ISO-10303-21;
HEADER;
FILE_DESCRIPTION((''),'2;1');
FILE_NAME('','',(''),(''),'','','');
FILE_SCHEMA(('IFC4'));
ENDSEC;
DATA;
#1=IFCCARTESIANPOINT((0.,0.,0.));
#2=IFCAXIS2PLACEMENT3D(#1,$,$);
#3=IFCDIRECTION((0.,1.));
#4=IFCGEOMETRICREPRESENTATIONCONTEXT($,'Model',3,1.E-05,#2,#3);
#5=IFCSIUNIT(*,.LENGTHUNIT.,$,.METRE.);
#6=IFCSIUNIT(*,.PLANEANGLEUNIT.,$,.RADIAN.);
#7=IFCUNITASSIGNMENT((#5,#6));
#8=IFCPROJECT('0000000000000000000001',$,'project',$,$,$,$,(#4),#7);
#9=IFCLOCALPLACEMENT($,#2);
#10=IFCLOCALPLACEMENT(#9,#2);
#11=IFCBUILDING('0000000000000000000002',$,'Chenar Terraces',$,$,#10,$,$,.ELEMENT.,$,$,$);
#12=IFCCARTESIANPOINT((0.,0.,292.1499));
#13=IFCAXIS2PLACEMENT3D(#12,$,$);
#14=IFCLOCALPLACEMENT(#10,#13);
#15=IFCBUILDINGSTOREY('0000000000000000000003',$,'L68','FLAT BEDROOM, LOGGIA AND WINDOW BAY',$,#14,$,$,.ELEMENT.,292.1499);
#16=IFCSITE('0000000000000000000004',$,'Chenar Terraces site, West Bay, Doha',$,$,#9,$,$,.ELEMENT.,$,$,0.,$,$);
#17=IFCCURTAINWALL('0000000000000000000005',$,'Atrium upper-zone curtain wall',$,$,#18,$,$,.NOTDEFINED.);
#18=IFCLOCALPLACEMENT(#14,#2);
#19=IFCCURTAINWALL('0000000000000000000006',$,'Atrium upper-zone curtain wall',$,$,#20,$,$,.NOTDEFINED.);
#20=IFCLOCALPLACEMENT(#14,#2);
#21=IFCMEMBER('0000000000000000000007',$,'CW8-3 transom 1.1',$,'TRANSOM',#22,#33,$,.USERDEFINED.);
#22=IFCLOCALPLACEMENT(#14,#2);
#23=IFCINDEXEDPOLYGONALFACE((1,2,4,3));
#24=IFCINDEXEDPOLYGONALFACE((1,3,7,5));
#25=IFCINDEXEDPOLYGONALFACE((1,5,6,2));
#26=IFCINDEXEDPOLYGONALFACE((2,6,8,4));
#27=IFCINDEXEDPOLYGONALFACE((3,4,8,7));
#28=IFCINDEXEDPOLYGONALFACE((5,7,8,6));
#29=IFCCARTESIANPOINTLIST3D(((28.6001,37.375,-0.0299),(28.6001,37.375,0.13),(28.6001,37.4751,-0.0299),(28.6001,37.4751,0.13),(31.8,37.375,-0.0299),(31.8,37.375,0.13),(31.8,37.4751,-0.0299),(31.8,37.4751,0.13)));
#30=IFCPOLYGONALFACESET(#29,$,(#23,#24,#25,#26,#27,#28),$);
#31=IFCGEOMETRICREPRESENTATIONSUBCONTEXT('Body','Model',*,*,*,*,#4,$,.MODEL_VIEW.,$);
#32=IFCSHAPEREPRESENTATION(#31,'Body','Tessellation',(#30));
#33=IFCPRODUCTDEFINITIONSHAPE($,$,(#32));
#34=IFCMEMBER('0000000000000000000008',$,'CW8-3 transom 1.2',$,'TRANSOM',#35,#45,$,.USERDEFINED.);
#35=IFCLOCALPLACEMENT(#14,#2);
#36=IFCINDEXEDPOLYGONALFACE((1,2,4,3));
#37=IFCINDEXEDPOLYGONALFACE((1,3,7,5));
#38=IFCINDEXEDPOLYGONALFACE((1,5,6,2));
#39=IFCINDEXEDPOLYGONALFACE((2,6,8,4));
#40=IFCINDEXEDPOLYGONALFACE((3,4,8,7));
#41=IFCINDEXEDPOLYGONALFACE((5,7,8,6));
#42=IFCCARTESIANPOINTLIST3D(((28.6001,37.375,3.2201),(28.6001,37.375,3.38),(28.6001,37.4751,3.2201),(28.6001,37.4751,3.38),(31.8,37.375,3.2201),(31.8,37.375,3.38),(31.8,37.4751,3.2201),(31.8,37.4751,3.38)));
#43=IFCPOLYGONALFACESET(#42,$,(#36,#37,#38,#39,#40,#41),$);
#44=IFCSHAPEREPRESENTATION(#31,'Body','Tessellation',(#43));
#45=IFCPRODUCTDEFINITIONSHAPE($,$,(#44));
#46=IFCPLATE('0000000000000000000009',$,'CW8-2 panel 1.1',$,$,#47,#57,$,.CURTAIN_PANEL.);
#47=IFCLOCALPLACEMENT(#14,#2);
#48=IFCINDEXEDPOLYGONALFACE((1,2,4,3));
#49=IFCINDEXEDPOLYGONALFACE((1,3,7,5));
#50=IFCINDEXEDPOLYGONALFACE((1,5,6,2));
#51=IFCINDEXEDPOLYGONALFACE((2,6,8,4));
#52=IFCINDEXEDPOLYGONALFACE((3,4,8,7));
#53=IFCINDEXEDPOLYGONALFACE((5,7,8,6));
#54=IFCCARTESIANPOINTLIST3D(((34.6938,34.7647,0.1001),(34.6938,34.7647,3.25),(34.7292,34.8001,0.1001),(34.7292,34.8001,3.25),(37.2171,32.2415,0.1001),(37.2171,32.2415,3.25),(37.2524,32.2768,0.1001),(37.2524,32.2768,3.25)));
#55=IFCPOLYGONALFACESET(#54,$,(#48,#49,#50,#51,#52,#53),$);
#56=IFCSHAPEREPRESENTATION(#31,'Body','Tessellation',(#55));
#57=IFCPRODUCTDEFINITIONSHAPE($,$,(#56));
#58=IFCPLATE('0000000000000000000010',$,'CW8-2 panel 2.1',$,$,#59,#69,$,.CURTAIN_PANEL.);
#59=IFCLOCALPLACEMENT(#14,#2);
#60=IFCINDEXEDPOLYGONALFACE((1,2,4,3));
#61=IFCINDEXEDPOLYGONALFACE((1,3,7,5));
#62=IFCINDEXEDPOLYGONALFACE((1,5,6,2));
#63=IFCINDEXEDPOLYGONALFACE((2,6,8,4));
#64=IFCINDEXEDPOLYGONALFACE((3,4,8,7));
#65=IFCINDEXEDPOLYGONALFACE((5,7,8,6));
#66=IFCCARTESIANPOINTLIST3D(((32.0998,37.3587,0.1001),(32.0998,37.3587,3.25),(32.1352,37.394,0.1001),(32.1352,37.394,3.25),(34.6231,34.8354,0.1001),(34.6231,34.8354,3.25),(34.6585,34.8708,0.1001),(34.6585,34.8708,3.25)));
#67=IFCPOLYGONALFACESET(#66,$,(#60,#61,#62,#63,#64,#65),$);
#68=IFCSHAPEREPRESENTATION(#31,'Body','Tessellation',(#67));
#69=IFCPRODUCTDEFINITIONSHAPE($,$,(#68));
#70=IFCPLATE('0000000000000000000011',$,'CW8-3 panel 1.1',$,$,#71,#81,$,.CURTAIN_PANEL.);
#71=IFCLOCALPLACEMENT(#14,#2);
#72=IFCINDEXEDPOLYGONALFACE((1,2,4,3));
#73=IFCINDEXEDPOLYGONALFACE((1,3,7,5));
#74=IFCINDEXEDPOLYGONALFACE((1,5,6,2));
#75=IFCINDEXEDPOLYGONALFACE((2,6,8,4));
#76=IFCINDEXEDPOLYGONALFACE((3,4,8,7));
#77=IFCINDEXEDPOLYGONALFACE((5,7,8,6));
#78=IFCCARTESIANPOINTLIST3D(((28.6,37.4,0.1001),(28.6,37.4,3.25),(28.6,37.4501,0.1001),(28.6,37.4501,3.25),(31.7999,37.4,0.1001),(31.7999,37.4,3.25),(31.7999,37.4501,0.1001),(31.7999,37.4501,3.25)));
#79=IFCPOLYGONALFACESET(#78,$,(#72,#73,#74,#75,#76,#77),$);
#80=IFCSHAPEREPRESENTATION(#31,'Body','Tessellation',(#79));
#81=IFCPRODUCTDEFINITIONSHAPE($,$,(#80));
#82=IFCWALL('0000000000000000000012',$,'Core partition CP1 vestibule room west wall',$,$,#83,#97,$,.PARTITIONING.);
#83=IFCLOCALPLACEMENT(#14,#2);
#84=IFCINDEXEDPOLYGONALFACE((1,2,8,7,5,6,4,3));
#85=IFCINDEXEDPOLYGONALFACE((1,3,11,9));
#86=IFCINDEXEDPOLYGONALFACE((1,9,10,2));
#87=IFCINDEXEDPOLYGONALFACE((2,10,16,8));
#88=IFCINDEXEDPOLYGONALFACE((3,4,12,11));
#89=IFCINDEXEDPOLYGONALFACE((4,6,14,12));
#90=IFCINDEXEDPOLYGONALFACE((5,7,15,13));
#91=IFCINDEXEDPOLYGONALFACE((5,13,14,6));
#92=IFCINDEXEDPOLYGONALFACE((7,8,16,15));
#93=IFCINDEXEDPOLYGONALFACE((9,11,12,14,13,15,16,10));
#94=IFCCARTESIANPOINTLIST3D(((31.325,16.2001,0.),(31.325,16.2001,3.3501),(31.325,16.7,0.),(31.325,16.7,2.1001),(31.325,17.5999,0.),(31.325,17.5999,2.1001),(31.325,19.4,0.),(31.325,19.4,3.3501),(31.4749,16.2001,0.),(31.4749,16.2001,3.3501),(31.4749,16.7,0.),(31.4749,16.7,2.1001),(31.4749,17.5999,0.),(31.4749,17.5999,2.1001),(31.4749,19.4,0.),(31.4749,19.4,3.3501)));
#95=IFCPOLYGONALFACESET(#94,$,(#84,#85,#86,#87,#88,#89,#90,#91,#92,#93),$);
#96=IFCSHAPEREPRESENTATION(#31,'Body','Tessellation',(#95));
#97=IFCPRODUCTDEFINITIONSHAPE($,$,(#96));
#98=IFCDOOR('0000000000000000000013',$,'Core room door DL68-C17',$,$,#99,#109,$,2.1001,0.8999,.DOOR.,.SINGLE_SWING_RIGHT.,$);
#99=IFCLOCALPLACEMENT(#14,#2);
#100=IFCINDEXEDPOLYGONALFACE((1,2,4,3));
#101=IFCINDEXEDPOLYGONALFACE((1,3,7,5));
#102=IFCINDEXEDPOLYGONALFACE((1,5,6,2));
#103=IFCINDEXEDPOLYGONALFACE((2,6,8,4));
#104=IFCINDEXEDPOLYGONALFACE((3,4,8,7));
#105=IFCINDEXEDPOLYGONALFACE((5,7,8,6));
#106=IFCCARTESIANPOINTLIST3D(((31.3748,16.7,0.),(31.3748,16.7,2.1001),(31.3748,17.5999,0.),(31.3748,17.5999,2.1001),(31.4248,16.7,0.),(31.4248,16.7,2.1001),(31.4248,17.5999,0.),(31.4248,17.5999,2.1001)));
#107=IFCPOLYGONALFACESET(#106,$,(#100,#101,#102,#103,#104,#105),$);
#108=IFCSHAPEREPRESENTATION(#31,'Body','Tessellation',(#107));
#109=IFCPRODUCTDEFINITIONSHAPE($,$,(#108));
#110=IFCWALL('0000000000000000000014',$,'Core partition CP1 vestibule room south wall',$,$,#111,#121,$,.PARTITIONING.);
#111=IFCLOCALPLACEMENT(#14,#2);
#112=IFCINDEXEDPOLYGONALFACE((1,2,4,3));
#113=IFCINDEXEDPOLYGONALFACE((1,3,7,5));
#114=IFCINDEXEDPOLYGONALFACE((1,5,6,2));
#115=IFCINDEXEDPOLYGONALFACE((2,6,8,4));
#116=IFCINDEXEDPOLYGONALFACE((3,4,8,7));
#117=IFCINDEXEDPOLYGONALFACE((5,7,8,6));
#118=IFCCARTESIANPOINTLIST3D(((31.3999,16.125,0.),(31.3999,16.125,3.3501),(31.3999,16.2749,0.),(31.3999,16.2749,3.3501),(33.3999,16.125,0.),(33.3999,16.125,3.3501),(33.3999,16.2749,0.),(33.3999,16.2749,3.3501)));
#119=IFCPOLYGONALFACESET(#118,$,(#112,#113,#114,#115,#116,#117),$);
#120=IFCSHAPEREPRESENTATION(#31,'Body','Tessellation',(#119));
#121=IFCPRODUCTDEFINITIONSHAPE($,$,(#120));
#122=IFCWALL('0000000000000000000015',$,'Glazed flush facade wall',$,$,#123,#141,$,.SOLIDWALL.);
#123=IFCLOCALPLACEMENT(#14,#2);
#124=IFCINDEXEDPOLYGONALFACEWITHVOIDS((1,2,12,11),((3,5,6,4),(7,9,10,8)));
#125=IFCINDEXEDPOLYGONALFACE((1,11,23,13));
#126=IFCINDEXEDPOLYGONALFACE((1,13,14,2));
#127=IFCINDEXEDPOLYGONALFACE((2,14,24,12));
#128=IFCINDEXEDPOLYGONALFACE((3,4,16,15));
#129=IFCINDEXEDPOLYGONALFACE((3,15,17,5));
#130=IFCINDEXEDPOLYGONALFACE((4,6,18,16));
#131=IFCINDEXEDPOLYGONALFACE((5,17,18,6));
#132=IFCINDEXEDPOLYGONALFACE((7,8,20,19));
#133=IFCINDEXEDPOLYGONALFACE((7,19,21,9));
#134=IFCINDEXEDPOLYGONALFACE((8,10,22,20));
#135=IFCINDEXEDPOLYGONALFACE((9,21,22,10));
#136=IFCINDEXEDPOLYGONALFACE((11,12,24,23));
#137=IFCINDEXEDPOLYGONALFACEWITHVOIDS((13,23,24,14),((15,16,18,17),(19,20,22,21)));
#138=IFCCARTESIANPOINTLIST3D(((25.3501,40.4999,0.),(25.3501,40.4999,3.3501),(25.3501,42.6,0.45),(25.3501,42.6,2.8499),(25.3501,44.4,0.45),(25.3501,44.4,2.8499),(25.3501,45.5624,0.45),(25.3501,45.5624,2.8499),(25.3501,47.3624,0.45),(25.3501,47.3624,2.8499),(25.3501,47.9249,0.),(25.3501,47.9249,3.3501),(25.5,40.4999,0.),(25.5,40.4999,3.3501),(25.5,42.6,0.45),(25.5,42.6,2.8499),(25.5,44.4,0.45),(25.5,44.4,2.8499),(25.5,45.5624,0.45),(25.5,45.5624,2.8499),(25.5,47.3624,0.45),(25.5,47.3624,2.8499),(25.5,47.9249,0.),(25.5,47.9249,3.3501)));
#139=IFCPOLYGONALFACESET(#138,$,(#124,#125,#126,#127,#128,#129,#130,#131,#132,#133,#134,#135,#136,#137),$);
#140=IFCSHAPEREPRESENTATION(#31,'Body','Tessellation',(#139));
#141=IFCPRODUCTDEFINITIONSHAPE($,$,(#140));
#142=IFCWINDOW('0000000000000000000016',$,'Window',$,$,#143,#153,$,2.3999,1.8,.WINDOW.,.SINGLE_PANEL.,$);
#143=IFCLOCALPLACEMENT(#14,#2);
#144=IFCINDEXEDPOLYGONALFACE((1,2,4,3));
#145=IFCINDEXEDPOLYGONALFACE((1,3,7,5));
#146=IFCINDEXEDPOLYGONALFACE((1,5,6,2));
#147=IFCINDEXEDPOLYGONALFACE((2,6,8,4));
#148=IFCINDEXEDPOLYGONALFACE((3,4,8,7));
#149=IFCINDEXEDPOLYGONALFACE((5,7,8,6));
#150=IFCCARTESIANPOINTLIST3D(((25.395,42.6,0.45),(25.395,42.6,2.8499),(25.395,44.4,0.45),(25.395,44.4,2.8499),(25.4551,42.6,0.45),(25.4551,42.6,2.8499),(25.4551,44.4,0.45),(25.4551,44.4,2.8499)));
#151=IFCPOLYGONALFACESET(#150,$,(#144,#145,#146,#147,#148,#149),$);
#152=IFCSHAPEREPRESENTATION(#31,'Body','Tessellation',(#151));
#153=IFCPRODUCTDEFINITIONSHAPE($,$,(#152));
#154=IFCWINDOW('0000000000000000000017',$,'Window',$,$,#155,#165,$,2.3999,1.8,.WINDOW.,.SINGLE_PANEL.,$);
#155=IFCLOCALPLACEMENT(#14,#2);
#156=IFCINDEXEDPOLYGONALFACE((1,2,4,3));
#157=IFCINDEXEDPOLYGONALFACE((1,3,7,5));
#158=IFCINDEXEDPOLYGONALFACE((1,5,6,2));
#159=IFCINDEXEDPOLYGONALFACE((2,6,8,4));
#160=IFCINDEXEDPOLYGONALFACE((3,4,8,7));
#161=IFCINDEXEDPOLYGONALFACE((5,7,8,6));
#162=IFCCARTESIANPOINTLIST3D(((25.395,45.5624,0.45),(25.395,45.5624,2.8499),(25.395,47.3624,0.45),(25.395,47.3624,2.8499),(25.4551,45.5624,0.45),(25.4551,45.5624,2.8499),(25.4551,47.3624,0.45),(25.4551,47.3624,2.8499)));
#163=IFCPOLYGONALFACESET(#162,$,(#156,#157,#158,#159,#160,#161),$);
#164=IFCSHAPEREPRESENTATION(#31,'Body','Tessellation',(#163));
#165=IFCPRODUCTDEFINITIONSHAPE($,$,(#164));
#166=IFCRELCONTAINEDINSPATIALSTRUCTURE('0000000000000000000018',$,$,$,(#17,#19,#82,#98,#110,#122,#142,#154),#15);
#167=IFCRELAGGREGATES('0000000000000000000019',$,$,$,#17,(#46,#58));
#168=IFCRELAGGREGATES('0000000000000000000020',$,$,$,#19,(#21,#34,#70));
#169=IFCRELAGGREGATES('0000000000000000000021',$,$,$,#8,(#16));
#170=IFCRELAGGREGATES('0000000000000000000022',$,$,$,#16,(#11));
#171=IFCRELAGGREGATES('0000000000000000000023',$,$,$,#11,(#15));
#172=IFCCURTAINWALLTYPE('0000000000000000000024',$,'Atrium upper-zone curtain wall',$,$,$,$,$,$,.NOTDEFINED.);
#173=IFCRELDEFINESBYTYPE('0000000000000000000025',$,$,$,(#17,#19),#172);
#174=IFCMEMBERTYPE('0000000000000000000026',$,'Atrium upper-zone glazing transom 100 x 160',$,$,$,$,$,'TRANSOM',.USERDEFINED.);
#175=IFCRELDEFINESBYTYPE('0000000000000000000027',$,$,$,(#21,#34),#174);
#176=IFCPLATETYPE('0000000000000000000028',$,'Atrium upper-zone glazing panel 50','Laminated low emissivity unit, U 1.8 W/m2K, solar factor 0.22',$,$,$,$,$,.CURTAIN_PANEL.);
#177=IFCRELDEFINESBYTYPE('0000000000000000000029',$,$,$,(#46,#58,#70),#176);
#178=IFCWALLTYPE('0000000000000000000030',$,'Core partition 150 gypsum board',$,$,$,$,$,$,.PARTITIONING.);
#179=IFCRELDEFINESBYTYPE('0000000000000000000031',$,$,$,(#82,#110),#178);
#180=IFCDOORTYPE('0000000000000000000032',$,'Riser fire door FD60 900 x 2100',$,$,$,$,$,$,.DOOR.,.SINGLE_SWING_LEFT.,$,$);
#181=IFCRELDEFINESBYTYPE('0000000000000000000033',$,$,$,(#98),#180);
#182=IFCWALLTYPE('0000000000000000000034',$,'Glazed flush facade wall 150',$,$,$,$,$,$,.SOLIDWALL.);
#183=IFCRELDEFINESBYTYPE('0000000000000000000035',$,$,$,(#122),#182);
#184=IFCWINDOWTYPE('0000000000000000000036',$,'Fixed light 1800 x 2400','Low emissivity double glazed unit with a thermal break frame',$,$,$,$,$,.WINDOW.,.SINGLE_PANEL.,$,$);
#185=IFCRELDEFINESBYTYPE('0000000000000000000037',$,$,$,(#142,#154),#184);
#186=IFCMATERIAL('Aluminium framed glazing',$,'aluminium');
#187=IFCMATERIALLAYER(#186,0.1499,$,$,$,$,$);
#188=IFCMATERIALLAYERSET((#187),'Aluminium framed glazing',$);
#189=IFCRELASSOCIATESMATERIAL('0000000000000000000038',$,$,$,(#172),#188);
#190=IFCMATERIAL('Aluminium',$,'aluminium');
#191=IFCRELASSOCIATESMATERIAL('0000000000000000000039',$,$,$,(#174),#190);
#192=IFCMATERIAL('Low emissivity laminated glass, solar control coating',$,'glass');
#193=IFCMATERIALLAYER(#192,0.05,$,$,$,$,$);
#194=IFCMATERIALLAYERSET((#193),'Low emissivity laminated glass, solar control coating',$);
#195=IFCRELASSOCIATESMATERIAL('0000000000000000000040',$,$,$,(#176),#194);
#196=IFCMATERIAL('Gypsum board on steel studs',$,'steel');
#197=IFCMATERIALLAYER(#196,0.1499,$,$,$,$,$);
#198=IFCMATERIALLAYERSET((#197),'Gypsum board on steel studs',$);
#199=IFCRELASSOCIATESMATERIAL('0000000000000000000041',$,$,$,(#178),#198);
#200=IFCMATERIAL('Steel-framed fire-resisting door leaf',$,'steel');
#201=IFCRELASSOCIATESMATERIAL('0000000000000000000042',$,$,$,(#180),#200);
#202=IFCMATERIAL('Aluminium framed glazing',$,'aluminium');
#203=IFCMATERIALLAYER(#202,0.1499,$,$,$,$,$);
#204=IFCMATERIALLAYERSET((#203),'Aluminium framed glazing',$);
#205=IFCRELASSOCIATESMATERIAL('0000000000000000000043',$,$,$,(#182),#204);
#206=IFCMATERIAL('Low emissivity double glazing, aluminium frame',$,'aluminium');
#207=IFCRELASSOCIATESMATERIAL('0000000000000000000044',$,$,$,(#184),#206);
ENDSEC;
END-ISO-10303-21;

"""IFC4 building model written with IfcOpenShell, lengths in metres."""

from ifc_helpers import new_model, si_unit, direction, frame, frame_2d, origin, origin_2d, place, context, subcontext, project, spatial, rectangle, extrude, material, layer, layer_set, material_profile, profile_set, type_object, element, fill, aggregate, save


model = new_model("IFC4")

# Units and contexts
model_context = context("Model", 3, precision=1e-05, world=origin(), true_north=direction((0.0, 1.0)))
body_context = subcontext(model_context, "Body", "Model", "MODEL_VIEW")
ifc_project = project(units=[si_unit("LENGTHUNIT", "METRE"), si_unit("PLANEANGLEUNIT", "RADIAN")], contexts=[model_context])

# Site, building, storey
site_placement = place(None, origin())
site = spatial("IfcSite", under=ifc_project, at=site_placement, Name="Chenar Terraces site, West Bay, Doha", CompositionType="ELEMENT", RefElevation=0.0)
building_placement = place(site_placement, origin())
building = spatial("IfcBuilding", under=site, at=building_placement, Name="Chenar Terraces", CompositionType="ELEMENT")
storey_placement = place(building_placement, frame((0.0, 0.0, 292.1499)))
storey = spatial("IfcBuildingStorey", under=building, at=storey_placement, Name="L68", Description="FLAT BEDROOM, LOGGIA AND WINDOW BAY", CompositionType="ELEMENT", Elevation=292.1499)

# Shared definitions
ifc_material_1 = material(Name="Aluminium framed glazing", Category="aluminium")
ifc_layer_1 = layer(ifc_material_1, 0.1499)
ifc_layer_set_1 = layer_set([ifc_layer_1], Name="Aluminium framed glazing")
curtain_wall_type = type_object("IfcCurtainWallType", Name="Atrium upper-zone curtain wall", PredefinedType="NOTDEFINED", material=ifc_layer_set_1)
placement = place(storey_placement, origin())

# Curtain walls
curtain_wall_1 = element("IfcCurtainWall", 1, at=placement, inside=storey, type_object=curtain_wall_type, Name="Atrium upper-zone curtain wall", PredefinedType="NOTDEFINED")
curtain_wall_2 = element("IfcCurtainWall", 2, at=placement, inside=storey, type_object=curtain_wall_type, Name="Atrium upper-zone curtain wall", PredefinedType="NOTDEFINED")

# Members
ifc_material_2 = material(Name="Aluminium", Category="aluminium")
ifc_material_profile_1 = material_profile(ifc_material_2, rectangle(XDim=0.1001, YDim=0.1599, at=origin_2d()), Name="Atrium upper-zone glazing transom 100 x 160")
ifc_profile_set_1 = profile_set([ifc_material_profile_1], Name="Aluminium")
member_type_1 = type_object("IfcMemberType", Name="Atrium upper-zone glazing transom 100 x 160", ElementType="TRANSOM", PredefinedType="USERDEFINED", material=ifc_profile_set_1)
member_1_placement = place(storey_placement, frame((31.8, 37.425, 0.05), z_axis=(-1.0, 0.0, 0.0), x_axis=(0.0, -1.0, 0.0)))
member_1 = element("IfcMember", 3, at=member_1_placement, type_object=member_type_1, Name="CW8-3 transom 1.1", ObjectType="TRANSOM", PredefinedType="USERDEFINED", context=body_context, shape_type="SweptSolid", body=[
    extrude(rectangle(XDim=0.1001, YDim=0.1599, at=origin_2d()), origin(), (0.0, 0.0, 1.0), 3.2),
])
member_2_placement = place(storey_placement, frame((31.8, 37.425, 3.3), z_axis=(-1.0, 0.0, 0.0), x_axis=(0.0, -1.0, 0.0)))
member_2 = element("IfcMember", 4, at=member_2_placement, type_object=member_type_1, Name="CW8-3 transom 1.2", ObjectType="TRANSOM", PredefinedType="USERDEFINED", context=body_context, shape_type="SweptSolid", body=[
    extrude(rectangle(XDim=0.1001, YDim=0.1599, at=origin_2d()), origin(), (0.0, 0.0, 1.0), 3.2),
])

# Plates
ifc_material_3 = material(Name="Low emissivity laminated glass, solar control coating", Category="glass")
ifc_layer_2 = layer(ifc_material_3, 0.05)
ifc_layer_set_2 = layer_set([ifc_layer_2], Name="Low emissivity laminated glass, solar control coating")
plate_type = type_object("IfcPlateType", Name="Atrium upper-zone glazing panel 50", Description="Laminated low emissivity unit, U 1.8 W/m2K, solar factor 0.22", PredefinedType="CURTAIN_PANEL", material=ifc_layer_set_2)
plate_1_placement = place(storey_placement, frame((35.9731, 33.5208, 0.1001), z_axis=(0.0, 0.0, 1.0), x_axis=(-0.707107, 0.707107, 0.0)))
plate_1 = element("IfcPlate", 5, at=plate_1_placement, type_object=plate_type, Name="CW8-2 panel 1.1", PredefinedType="CURTAIN_PANEL", context=body_context, shape_type="SweptSolid", body=[
    extrude(rectangle(XDim=3.5684, YDim=0.05, at=origin_2d()), origin(), (0.0, 0.0, 1.0), 3.1499),
])
plate_2_placement = place(storey_placement, frame((33.3792, 36.1147, 0.1001), z_axis=(0.0, 0.0, 1.0), x_axis=(-0.707107, 0.707107, 0.0)))
plate_2 = element("IfcPlate", 6, at=plate_2_placement, type_object=plate_type, Name="CW8-2 panel 2.1", PredefinedType="CURTAIN_PANEL", context=body_context, shape_type="SweptSolid", body=[
    extrude(rectangle(XDim=3.5684, YDim=0.05, at=origin_2d()), origin(), (0.0, 0.0, 1.0), 3.1499),
])
aggregate(curtain_wall_1, [plate_1, plate_2])
plate_3_placement = place(storey_placement, frame((30.2, 37.425, 0.1001), z_axis=(0.0, 0.0, 1.0), x_axis=(-1.0, 0.0, 0.0)))
plate_3 = element("IfcPlate", 7, at=plate_3_placement, type_object=plate_type, Name="CW8-3 panel 1.1", PredefinedType="CURTAIN_PANEL", context=body_context, shape_type="SweptSolid", body=[
    extrude(rectangle(XDim=3.2, YDim=0.05, at=origin_2d()), origin(), (0.0, 0.0, 1.0), 3.1499),
])
aggregate(curtain_wall_2, [member_1, member_2, plate_3])

# Wall, opening, door
ifc_material_4 = material(Name="Gypsum board on steel studs", Category="steel")
ifc_layer_3 = layer(ifc_material_4, 0.1499)
ifc_layer_set_3 = layer_set([ifc_layer_3], Name="Gypsum board on steel studs")
wall_type_1 = type_object("IfcWallType", Name="Core partition 150 gypsum board", PredefinedType="PARTITIONING", material=ifc_layer_set_3)
wall_1_placement = place(storey_placement, frame((31.3999, 16.2, 0.0), z_axis=(0.0, 0.0, 1.0), x_axis=(0.0, 1.0, 0.0)))
wall_1 = element("IfcWall", 8, at=wall_1_placement, inside=storey, type_object=wall_type_1, Name="Core partition CP1 vestibule room west wall", PredefinedType="PARTITIONING", context=body_context, shape_type="SweptSolid", body=[
    extrude(rectangle(XDim=3.2, YDim=0.1499, at=frame_2d((1.6001, 0.0))), origin(), (0.0, 0.0, 1.0), 3.3501),
])
opening_1_placement = place(wall_1_placement, frame((0.5, 0.0, 0.0)))
opening_1 = element("IfcOpeningElement", 9, at=opening_1_placement, cuts=wall_1, PredefinedType="OPENING", context=body_context, shape_type="SweptSolid", body=[
    extrude(rectangle(XDim=0.8999, YDim=2.1001, at=frame_2d((0.45, 1.05))), frame((0.0, 0.085, 0.0), z_axis=(0.0, -1.0, 0.0), x_axis=(1.0, 0.0, 0.0)), (0.0, 0.0, 1.0), 0.1699),
])
ifc_material_5 = material(Name="Steel-framed fire-resisting door leaf", Category="steel")
door_type = type_object("IfcDoorType", Name="Riser fire door FD60 900 x 2100", OperationType="SINGLE_SWING_LEFT", PredefinedType="DOOR", material=ifc_material_5)
door_placement = place(opening_1_placement, frame((0.8999, 0.0, 0.0), z_axis=(0.0, 0.0, 1.0), x_axis=(-1.0, 0.0, 0.0)))
door = element("IfcDoor", 10, at=door_placement, inside=storey, type_object=door_type, Name="Core room door DL68-C17", OperationType="SINGLE_SWING_RIGHT", OverallHeight=2.1001, OverallWidth=0.8999, PredefinedType="DOOR", context=body_context, shape_type="SweptSolid", body=[
    extrude(rectangle(XDim=0.8999, YDim=2.1001, at=frame_2d((0.45, 1.05))), frame((0.0, 0.0249, 0.0), z_axis=(0.0, -1.0, 0.0), x_axis=(1.0, 0.0, 0.0)), (0.0, 0.0, 1.0), 0.05),
])
fill(opening_1, door)

# Wall
wall_2_placement = place(storey_placement, frame((31.3999, 16.2, 0.0), z_axis=(0.0, 0.0, 1.0), x_axis=(1.0, 0.0, 0.0)))
element("IfcWall", 11, at=wall_2_placement, inside=storey, type_object=wall_type_1, Name="Core partition CP1 vestibule room south wall", PredefinedType="PARTITIONING", context=body_context, shape_type="SweptSolid", body=[
    extrude(rectangle(XDim=2.0, YDim=0.1499, at=frame_2d((1.0, 0.0))), origin(), (0.0, 0.0, 1.0), 3.3501),
])

# Wall, openings, windows
ifc_material_6 = material(Name="Aluminium framed glazing", Category="aluminium")
ifc_layer_4 = layer(ifc_material_6, 0.1499)
ifc_layer_set_4 = layer_set([ifc_layer_4], Name="Aluminium framed glazing")
wall_type_2 = type_object("IfcWallType", Name="Glazed flush facade wall 150", PredefinedType="SOLIDWALL", material=ifc_layer_set_4)
wall_3_placement = place(storey_placement, frame((25.425, 40.5, 0.0), z_axis=(0.0, 0.0, 1.0), x_axis=(0.0, 1.0, 0.0)))
wall_3 = element("IfcWall", 12, at=wall_3_placement, inside=storey, type_object=wall_type_2, Name="Glazed flush facade wall", PredefinedType="SOLIDWALL", context=body_context, shape_type="SweptSolid", body=[
    extrude(rectangle(XDim=7.425, YDim=0.1499, at=frame_2d((3.7124, 0.0))), origin(), (0.0, 0.0, 1.0), 3.3501),
])
opening_2_placement = place(wall_3_placement, frame((2.1001, 0.0, 0.45)))
opening_2 = element("IfcOpeningElement", 13, at=opening_2_placement, cuts=wall_3, PredefinedType="OPENING", context=body_context, shape_type="SweptSolid", body=[
    extrude(rectangle(XDim=1.8, YDim=2.3999, at=frame_2d((0.8999, 1.2))), frame((0.0, 0.085, 0.0), z_axis=(0.0, -1.0, 0.0), x_axis=(1.0, 0.0, 0.0)), (0.0, 0.0, 1.0), 0.1699),
])
opening_3_placement = place(wall_3_placement, frame((5.0625, 0.0, 0.45)))
opening_3 = element("IfcOpeningElement", 14, at=opening_3_placement, cuts=wall_3, PredefinedType="OPENING", context=body_context, shape_type="SweptSolid", body=[
    extrude(rectangle(XDim=1.8, YDim=2.3999, at=frame_2d((0.8999, 1.2))), frame((0.0, 0.085, 0.0), z_axis=(0.0, -1.0, 0.0), x_axis=(1.0, 0.0, 0.0)), (0.0, 0.0, 1.0), 0.1699),
])
ifc_material_7 = material(Name="Low emissivity double glazing, aluminium frame", Category="aluminium")
window_type_1 = type_object("IfcWindowType", Name="Fixed light 1800 x 2400", Description="Low emissivity double glazed unit with a thermal break frame", PartitioningType="SINGLE_PANEL", PredefinedType="WINDOW", material=ifc_material_7)
window_1_placement = place(opening_2_placement, origin())
window_1 = element("IfcWindow", 15, at=window_1_placement, inside=storey, type_object=window_type_1, Name="Window", OverallHeight=2.3999, OverallWidth=1.8, PartitioningType="SINGLE_PANEL", PredefinedType="WINDOW", context=body_context, shape_type="SweptSolid", body=[
    extrude(rectangle(XDim=1.8, YDim=2.3999, at=frame_2d((0.8999, 1.2))), frame((0.0, 0.03, 0.0), z_axis=(0.0, -1.0, 0.0), x_axis=(1.0, 0.0, 0.0)), (0.0, 0.0, 1.0), 0.0601),
])
fill(opening_2, window_1)
window_2_placement = place(opening_3_placement, origin())
window_2 = element("IfcWindow", 16, at=window_2_placement, inside=storey, type_object=window_type_1, Name="Window", OverallHeight=2.3999, OverallWidth=1.8, PartitioningType="SINGLE_PANEL", PredefinedType="WINDOW", context=body_context, shape_type="SweptSolid", body=[
    extrude(rectangle(XDim=1.8, YDim=2.3999, at=frame_2d((0.8999, 1.2))), frame((0.0, 0.03, 0.0), z_axis=(0.0, -1.0, 0.0), x_axis=(1.0, 0.0, 0.0)), (0.0, 0.0, 1.0), 0.0601),
])
fill(opening_3, window_2)

save(model, "model.ifc")
